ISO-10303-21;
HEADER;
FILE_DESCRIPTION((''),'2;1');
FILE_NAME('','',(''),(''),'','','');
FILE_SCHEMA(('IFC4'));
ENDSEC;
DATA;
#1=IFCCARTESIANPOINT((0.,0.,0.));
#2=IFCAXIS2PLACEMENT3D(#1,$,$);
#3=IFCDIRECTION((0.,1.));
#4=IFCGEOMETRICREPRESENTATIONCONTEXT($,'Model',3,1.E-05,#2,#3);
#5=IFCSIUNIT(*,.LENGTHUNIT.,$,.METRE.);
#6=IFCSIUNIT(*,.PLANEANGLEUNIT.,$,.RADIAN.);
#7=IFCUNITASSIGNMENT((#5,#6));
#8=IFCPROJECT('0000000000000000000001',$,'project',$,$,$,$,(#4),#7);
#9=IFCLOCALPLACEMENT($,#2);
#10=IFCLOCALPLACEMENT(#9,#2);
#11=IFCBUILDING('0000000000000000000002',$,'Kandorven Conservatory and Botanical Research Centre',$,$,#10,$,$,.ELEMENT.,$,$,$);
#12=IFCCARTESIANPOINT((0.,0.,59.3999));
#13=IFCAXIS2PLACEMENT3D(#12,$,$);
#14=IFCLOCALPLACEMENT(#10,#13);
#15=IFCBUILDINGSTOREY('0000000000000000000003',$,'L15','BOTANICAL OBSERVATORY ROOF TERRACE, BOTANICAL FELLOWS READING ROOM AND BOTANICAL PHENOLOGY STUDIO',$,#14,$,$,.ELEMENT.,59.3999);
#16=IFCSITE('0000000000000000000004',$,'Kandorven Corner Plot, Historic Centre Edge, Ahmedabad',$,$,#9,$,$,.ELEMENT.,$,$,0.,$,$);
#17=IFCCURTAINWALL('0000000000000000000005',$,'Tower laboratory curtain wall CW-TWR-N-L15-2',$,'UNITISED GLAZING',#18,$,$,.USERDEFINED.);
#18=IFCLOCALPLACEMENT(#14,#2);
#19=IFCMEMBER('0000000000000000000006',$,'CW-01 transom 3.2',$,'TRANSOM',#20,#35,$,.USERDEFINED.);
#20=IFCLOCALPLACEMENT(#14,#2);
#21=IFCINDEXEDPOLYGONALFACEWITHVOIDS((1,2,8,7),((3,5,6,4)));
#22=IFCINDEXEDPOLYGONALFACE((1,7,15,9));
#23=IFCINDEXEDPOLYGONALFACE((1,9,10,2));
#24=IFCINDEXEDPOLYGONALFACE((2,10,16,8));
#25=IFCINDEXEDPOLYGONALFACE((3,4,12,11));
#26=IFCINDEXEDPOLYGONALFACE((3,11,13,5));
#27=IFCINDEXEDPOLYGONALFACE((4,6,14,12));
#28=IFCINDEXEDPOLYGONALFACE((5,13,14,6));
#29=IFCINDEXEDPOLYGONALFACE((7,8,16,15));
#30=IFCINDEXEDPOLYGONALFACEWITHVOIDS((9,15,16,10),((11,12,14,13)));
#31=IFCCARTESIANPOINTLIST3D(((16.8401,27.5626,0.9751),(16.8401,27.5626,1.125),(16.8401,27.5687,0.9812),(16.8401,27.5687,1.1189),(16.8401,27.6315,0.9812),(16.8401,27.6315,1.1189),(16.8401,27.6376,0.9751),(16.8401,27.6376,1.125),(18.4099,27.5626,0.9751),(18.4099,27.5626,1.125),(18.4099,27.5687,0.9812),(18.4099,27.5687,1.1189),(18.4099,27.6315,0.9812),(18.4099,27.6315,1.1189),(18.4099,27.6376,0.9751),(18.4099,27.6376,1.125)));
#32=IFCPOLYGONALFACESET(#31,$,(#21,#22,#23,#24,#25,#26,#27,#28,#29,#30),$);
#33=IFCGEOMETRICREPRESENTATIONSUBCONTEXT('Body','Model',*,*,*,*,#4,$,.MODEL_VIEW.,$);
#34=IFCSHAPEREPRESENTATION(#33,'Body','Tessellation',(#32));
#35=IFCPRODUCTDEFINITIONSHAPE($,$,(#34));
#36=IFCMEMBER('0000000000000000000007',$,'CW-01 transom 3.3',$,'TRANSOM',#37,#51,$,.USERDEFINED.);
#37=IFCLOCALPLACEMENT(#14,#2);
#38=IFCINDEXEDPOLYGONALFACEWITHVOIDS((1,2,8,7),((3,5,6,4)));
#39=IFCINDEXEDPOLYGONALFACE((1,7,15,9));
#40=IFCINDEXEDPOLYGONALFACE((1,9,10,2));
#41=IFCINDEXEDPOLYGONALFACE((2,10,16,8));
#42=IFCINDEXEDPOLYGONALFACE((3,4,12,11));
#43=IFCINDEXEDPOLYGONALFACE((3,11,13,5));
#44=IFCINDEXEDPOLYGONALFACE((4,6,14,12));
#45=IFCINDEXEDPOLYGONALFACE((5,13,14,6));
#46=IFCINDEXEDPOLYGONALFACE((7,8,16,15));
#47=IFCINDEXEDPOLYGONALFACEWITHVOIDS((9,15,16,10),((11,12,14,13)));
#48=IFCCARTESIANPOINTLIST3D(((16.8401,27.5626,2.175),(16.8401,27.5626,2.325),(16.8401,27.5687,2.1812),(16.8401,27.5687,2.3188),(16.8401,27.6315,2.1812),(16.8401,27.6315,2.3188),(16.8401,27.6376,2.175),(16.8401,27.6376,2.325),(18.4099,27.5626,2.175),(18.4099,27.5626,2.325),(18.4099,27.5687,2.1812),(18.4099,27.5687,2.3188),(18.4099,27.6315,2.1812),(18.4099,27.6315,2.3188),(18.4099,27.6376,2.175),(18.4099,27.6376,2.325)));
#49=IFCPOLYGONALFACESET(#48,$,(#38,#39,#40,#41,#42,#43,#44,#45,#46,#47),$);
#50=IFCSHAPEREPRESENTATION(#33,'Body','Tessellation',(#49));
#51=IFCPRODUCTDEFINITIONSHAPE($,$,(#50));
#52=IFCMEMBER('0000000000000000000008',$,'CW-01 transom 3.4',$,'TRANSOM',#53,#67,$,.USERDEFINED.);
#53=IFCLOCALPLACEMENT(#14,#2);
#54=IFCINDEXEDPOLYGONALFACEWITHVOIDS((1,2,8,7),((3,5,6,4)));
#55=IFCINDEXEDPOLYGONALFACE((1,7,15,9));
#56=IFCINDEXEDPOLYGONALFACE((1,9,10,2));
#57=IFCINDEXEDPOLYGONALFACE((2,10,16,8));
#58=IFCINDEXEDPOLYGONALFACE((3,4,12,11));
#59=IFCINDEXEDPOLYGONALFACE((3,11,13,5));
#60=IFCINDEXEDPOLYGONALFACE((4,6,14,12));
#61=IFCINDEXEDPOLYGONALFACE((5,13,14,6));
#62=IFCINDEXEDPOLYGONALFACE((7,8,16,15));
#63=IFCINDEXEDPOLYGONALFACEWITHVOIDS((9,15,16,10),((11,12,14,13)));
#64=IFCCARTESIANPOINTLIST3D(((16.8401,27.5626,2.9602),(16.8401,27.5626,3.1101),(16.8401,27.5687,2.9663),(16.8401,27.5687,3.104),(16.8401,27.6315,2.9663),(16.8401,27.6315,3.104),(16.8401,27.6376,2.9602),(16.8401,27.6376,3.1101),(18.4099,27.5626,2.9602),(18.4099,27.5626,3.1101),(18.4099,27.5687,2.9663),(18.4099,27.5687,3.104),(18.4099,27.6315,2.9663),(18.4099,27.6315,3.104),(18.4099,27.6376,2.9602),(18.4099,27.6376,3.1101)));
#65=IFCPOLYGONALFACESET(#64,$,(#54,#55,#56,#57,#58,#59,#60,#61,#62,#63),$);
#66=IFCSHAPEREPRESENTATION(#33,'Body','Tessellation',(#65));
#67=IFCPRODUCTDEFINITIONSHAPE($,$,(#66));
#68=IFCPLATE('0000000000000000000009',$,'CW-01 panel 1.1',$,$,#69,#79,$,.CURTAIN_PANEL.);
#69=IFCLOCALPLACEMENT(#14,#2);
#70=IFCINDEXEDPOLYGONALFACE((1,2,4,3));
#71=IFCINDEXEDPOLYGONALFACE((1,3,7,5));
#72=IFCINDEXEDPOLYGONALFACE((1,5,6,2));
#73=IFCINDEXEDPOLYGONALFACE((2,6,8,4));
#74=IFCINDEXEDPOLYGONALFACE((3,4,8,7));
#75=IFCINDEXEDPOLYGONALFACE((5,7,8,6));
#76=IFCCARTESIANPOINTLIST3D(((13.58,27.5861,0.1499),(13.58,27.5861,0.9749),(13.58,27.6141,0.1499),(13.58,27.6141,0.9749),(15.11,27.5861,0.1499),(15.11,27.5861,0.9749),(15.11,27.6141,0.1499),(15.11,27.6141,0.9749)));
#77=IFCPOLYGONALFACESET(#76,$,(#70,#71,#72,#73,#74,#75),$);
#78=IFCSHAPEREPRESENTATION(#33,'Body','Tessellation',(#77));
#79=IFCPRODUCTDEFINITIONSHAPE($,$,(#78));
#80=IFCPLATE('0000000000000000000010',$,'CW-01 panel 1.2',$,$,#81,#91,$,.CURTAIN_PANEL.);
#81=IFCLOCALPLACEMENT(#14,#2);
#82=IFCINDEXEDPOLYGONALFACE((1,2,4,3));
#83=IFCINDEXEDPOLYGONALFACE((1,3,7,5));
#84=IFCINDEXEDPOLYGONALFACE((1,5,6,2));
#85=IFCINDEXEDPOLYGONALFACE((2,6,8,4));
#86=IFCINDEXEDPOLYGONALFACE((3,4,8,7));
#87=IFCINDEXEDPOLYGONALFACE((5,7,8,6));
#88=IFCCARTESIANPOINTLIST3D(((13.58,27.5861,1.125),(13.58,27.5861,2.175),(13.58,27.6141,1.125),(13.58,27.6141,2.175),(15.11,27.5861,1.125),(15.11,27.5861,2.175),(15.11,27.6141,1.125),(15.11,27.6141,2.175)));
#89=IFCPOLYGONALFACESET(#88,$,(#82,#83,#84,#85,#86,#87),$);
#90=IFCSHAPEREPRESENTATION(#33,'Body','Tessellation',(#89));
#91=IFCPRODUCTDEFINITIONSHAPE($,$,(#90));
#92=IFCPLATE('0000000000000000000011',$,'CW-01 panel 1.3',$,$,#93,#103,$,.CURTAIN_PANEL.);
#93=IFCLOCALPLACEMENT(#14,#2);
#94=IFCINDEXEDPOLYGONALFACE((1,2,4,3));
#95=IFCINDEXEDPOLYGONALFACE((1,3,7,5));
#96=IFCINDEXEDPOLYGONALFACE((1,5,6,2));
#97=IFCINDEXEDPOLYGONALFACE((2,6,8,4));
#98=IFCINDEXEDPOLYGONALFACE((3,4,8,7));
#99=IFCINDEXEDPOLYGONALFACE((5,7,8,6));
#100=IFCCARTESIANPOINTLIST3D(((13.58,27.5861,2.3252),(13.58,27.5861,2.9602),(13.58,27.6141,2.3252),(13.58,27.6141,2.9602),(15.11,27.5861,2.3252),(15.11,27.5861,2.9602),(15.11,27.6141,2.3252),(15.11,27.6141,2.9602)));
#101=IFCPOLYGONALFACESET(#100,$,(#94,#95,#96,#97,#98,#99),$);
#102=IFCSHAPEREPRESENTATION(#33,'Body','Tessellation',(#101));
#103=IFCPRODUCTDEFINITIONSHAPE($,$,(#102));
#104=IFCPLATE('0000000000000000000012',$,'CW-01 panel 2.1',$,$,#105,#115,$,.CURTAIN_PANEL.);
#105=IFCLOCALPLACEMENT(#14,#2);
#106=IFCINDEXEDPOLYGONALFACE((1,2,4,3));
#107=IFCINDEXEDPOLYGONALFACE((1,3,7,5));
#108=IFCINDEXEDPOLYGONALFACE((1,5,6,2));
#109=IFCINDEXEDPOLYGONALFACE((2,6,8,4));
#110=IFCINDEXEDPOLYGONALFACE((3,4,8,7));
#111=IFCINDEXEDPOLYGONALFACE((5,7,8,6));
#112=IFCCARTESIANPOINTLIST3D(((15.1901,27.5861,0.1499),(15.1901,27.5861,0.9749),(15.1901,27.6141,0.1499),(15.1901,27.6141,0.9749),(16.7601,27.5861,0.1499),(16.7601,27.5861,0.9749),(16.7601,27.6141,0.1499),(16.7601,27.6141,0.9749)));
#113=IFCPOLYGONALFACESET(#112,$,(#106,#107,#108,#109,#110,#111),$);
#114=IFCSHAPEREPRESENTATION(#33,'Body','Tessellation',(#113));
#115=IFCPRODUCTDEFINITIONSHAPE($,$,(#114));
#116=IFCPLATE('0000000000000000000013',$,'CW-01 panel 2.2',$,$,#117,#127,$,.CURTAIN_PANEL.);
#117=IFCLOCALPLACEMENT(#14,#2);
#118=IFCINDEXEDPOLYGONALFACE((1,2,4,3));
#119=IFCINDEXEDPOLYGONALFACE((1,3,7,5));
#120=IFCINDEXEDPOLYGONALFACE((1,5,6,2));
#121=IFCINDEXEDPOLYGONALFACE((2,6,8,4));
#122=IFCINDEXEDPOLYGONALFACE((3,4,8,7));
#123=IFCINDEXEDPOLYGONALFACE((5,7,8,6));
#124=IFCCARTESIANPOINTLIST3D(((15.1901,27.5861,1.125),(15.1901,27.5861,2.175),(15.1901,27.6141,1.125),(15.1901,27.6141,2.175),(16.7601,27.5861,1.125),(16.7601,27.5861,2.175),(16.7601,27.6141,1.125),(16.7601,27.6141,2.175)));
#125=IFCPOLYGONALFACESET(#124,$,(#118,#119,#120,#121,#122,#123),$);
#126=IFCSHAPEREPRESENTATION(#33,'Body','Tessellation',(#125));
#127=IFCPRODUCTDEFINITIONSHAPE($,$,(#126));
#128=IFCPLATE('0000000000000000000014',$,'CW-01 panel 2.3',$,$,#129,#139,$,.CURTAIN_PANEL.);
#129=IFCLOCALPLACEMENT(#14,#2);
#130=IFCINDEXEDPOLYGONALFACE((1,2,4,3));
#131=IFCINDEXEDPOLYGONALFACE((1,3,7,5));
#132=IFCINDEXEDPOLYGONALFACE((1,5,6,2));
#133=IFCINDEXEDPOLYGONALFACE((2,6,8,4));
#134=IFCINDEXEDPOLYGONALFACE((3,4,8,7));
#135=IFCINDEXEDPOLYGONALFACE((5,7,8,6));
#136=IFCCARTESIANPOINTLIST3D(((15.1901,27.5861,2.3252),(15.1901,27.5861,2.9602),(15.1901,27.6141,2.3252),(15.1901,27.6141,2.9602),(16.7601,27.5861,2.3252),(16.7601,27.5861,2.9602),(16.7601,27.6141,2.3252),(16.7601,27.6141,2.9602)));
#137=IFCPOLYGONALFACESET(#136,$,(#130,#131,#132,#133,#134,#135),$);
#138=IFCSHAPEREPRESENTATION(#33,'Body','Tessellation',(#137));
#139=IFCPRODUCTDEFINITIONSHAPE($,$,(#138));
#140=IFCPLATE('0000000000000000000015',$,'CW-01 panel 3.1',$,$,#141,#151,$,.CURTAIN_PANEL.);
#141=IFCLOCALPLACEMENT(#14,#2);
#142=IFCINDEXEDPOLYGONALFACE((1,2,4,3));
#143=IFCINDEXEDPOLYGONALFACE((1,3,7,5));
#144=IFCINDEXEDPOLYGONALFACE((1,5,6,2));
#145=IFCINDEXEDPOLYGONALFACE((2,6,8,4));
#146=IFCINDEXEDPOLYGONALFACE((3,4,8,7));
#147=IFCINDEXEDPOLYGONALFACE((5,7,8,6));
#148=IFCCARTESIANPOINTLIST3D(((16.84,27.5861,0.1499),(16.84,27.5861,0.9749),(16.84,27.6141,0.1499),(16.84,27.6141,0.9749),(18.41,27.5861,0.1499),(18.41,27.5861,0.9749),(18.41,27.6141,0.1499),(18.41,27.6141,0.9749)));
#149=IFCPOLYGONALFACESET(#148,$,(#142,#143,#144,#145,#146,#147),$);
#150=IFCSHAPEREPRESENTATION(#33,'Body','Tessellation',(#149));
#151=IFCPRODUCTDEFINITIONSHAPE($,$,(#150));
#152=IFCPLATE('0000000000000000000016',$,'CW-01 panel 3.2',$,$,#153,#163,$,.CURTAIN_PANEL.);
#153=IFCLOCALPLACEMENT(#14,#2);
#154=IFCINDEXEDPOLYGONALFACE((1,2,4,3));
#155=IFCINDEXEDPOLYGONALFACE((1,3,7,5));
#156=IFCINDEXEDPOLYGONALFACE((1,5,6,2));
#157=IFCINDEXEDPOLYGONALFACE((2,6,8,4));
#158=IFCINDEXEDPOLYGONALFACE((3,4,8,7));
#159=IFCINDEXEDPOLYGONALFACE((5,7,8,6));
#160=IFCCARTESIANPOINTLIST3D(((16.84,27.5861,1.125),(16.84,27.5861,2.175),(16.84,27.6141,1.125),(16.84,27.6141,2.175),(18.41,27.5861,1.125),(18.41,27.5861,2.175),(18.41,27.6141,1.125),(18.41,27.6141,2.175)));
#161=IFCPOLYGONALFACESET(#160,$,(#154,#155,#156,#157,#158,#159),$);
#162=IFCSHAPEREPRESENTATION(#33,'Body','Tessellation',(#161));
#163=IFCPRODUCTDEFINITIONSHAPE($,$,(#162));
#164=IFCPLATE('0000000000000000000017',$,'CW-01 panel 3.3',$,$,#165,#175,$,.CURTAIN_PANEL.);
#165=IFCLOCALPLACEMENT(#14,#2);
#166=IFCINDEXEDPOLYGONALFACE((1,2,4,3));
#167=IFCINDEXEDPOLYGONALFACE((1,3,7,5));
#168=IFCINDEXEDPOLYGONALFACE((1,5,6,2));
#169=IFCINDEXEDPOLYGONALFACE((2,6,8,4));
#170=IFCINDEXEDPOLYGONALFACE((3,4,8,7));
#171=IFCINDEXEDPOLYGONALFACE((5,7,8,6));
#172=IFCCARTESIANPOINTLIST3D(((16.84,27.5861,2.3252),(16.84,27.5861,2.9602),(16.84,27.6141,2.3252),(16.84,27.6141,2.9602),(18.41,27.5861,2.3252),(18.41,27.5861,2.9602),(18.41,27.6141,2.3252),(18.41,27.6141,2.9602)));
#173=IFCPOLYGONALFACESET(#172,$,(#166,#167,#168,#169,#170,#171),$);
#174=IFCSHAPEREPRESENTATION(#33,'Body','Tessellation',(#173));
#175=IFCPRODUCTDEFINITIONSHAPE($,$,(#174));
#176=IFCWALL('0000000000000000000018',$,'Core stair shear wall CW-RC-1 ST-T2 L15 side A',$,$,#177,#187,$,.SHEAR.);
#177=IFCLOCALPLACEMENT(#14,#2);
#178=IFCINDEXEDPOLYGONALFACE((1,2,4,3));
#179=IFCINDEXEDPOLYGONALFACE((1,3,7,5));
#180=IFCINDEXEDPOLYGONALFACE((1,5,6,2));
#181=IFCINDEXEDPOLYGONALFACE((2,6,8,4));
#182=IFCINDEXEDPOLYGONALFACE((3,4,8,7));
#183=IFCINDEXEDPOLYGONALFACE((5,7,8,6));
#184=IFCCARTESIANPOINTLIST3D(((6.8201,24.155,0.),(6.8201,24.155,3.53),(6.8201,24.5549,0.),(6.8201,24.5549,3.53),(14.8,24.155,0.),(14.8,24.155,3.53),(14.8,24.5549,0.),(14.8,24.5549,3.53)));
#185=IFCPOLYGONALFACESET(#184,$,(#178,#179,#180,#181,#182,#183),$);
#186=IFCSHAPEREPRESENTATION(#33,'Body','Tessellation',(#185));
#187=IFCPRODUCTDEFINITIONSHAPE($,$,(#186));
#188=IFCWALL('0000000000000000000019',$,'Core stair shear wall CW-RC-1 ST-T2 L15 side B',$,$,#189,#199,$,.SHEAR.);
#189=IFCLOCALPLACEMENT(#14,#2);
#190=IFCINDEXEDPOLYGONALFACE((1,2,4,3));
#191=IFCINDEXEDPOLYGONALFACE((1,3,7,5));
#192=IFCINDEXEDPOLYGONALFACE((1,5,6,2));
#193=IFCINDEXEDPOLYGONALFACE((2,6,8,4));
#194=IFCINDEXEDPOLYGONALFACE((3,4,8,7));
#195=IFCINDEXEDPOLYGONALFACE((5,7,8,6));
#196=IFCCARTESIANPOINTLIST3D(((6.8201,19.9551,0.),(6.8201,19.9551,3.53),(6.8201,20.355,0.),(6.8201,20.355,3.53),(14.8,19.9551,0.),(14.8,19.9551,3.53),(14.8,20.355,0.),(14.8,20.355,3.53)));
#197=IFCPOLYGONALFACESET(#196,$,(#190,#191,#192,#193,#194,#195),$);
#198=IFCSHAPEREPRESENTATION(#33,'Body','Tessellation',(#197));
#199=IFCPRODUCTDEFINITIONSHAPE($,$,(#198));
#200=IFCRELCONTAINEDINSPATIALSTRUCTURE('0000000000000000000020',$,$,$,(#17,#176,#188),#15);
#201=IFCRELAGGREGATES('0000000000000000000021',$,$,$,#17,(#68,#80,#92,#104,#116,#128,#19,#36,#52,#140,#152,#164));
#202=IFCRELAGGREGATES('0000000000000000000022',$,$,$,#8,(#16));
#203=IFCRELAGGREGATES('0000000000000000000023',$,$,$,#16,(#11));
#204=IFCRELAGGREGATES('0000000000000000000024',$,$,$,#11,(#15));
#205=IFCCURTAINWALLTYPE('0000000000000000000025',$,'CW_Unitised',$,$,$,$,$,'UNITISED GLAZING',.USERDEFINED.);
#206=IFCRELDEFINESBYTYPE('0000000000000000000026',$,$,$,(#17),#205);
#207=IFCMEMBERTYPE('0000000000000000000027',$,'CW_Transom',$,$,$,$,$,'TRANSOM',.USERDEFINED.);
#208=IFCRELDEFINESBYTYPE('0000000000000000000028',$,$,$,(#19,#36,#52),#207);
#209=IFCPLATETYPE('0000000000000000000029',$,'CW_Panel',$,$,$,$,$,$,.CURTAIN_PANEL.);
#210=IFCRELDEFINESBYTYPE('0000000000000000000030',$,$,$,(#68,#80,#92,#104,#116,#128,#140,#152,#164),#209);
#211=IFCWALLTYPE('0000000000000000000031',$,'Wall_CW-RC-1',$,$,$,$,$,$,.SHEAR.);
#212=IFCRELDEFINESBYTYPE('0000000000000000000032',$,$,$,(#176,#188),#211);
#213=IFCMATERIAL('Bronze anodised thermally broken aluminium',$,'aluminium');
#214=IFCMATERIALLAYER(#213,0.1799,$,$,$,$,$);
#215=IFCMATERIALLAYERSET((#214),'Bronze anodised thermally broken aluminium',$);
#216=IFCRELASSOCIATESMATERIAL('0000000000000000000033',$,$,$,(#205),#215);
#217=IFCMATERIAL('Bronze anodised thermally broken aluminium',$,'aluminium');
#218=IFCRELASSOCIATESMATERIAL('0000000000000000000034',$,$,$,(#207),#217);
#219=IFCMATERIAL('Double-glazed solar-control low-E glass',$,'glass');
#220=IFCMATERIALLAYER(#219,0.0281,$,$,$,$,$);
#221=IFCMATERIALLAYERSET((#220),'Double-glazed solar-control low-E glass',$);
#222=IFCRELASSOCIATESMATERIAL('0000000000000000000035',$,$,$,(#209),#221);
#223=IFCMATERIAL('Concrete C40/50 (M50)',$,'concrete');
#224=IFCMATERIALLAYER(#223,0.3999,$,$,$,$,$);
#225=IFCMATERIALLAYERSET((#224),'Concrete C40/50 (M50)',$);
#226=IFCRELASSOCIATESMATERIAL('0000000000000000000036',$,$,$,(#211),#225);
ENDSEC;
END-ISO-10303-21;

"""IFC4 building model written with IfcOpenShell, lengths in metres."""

from ifc_helpers import new_model, si_unit, direction, frame, frame_2d, origin, origin_2d, place, context, subcontext, project, spatial, rectangle, hollow_rectangle, extrude, material, layer, layer_set, material_profile, profile_set, type_object, element, aggregate, save


model = new_model("IFC4")

# Units and contexts
model_context = context("Model", 3, precision=1e-05, world=origin(), true_north=direction((0.0, 1.0)))
body_context = subcontext(model_context, "Body", "Model", "MODEL_VIEW")
ifc_project = project(units=[si_unit("LENGTHUNIT", "METRE"), si_unit("PLANEANGLEUNIT", "RADIAN")], contexts=[model_context])

# Site, building, storey
site_placement = place(None, origin())
site = spatial("IfcSite", under=ifc_project, at=site_placement, Name="Kandorven Corner Plot, Historic Centre Edge, Ahmedabad", CompositionType="ELEMENT", RefElevation=0.0)
building_placement = place(site_placement, origin())
building = spatial("IfcBuilding", under=site, at=building_placement, Name="Kandorven Conservatory and Botanical Research Centre", CompositionType="ELEMENT")
storey_placement = place(building_placement, frame((0.0, 0.0, 59.3999)))
storey = spatial("IfcBuildingStorey", under=building, at=storey_placement, Name="L15", Description="BOTANICAL OBSERVATORY ROOF TERRACE, BOTANICAL FELLOWS READING ROOM AND BOTANICAL PHENOLOGY STUDIO", CompositionType="ELEMENT", Elevation=59.3999)

# Curtain wall, members, plates
ifc_material_1 = material(Name="Bronze anodised thermally broken aluminium", Category="aluminium")
ifc_layer_1 = layer(ifc_material_1, 0.1799)
ifc_layer_set_1 = layer_set([ifc_layer_1], Name="Bronze anodised thermally broken aluminium")
curtain_wall_type = type_object("IfcCurtainWallType", Name="CW_Unitised", ElementType="UNITISED GLAZING", PredefinedType="USERDEFINED", material=ifc_layer_set_1)
curtain_wall_placement = place(storey_placement, origin())
curtain_wall = element("IfcCurtainWall", 1, at=curtain_wall_placement, inside=storey, type_object=curtain_wall_type, Name="Tower laboratory curtain wall CW-TWR-N-L15-2", ObjectType="UNITISED GLAZING", PredefinedType="USERDEFINED")
ifc_material_2 = material(Name="Bronze anodised thermally broken aluminium", Category="aluminium")
ifc_material_profile_1 = material_profile(ifc_material_2, hollow_rectangle(XDim=0.075, YDim=0.1499, WallThickness=0.0061, at=origin_2d()))
ifc_profile_set_1 = profile_set([ifc_material_profile_1], Name="Bronze anodised thermally broken aluminium")
member_type_1 = type_object("IfcMemberType", Name="CW_Transom", ElementType="TRANSOM", PredefinedType="USERDEFINED", material=ifc_profile_set_1)
member_1_placement = place(storey_placement, frame((16.8401, 27.6001, 1.05), z_axis=(1.0, 0.0, 0.0), x_axis=(0.0, 1.0, 0.0)))
member_1 = element("IfcMember", 2, at=member_1_placement, type_object=member_type_1, Name="CW-01 transom 3.2", ObjectType="TRANSOM", PredefinedType="USERDEFINED", context=body_context, shape_type="SweptSolid", body=[
    extrude(hollow_rectangle(XDim=0.075, YDim=0.1499, WallThickness=0.0061, at=origin_2d()), origin(), (0.0, 0.0, 1.0), 1.5698),
])
member_2_placement = place(storey_placement, frame((16.8401, 27.6001, 2.25), z_axis=(1.0, 0.0, 0.0), x_axis=(0.0, 1.0, 0.0)))
member_2 = element("IfcMember", 3, at=member_2_placement, type_object=member_type_1, Name="CW-01 transom 3.3", ObjectType="TRANSOM", PredefinedType="USERDEFINED", context=body_context, shape_type="SweptSolid", body=[
    extrude(hollow_rectangle(XDim=0.075, YDim=0.1499, WallThickness=0.0061, at=origin_2d()), origin(), (0.0, 0.0, 1.0), 1.5698),
])
member_3_placement = place(storey_placement, frame((16.8401, 27.6001, 3.0352), z_axis=(1.0, 0.0, 0.0), x_axis=(0.0, 1.0, 0.0)))
member_3 = element("IfcMember", 4, at=member_3_placement, type_object=member_type_1, Name="CW-01 transom 3.4", ObjectType="TRANSOM", PredefinedType="USERDEFINED", context=body_context, shape_type="SweptSolid", body=[
    extrude(hollow_rectangle(XDim=0.075, YDim=0.1499, WallThickness=0.0061, at=origin_2d()), origin(), (0.0, 0.0, 1.0), 1.5698),
])
ifc_material_3 = material(Name="Double-glazed solar-control low-E glass", Category="glass")
ifc_layer_2 = layer(ifc_material_3, 0.0281)
ifc_layer_set_2 = layer_set([ifc_layer_2], Name="Double-glazed solar-control low-E glass")
plate_type = type_object("IfcPlateType", Name="CW_Panel", PredefinedType="CURTAIN_PANEL", material=ifc_layer_set_2)
plate_1_placement = place(storey_placement, frame((14.345, 27.6001, 0.1499), z_axis=(0.0, 0.0, 1.0), x_axis=(1.0, 0.0, 0.0)))
plate_1 = element("IfcPlate", 5, at=plate_1_placement, type_object=plate_type, Name="CW-01 panel 1.1", PredefinedType="CURTAIN_PANEL", context=body_context, shape_type="SweptSolid", body=[
    extrude(rectangle(XDim=1.53, YDim=0.0281, at=origin_2d()), origin(), (0.0, 0.0, 1.0), 0.825),
])
plate_2_placement = place(storey_placement, frame((14.345, 27.6001, 1.125), z_axis=(0.0, 0.0, 1.0), x_axis=(1.0, 0.0, 0.0)))
plate_2 = element("IfcPlate", 6, at=plate_2_placement, type_object=plate_type, Name="CW-01 panel 1.2", PredefinedType="CURTAIN_PANEL", context=body_context, shape_type="SweptSolid", body=[
    extrude(rectangle(XDim=1.53, YDim=0.0281, at=origin_2d()), origin(), (0.0, 0.0, 1.0), 1.05),
])
plate_3_placement = place(storey_placement, frame((14.345, 27.6001, 2.3252), z_axis=(0.0, 0.0, 1.0), x_axis=(1.0, 0.0, 0.0)))
plate_3 = element("IfcPlate", 7, at=plate_3_placement, type_object=plate_type, Name="CW-01 panel 1.3", PredefinedType="CURTAIN_PANEL", context=body_context, shape_type="SweptSolid", body=[
    extrude(rectangle(XDim=1.53, YDim=0.0281, at=origin_2d()), origin(), (0.0, 0.0, 1.0), 0.635),
])
plate_4_placement = place(storey_placement, frame((15.9751, 27.6001, 0.1499), z_axis=(0.0, 0.0, 1.0), x_axis=(1.0, 0.0, 0.0)))
plate_4 = element("IfcPlate", 8, at=plate_4_placement, type_object=plate_type, Name="CW-01 panel 2.1", PredefinedType="CURTAIN_PANEL", context=body_context, shape_type="SweptSolid", body=[
    extrude(rectangle(XDim=1.5701, YDim=0.0281, at=origin_2d()), origin(), (0.0, 0.0, 1.0), 0.825),
])
plate_5_placement = place(storey_placement, frame((15.9751, 27.6001, 1.125), z_axis=(0.0, 0.0, 1.0), x_axis=(1.0, 0.0, 0.0)))
plate_5 = element("IfcPlate", 9, at=plate_5_placement, type_object=plate_type, Name="CW-01 panel 2.2", PredefinedType="CURTAIN_PANEL", context=body_context, shape_type="SweptSolid", body=[
    extrude(rectangle(XDim=1.5701, YDim=0.0281, at=origin_2d()), origin(), (0.0, 0.0, 1.0), 1.05),
])
plate_6_placement = place(storey_placement, frame((15.9751, 27.6001, 2.3252), z_axis=(0.0, 0.0, 1.0), x_axis=(1.0, 0.0, 0.0)))
plate_6 = element("IfcPlate", 10, at=plate_6_placement, type_object=plate_type, Name="CW-01 panel 2.3", PredefinedType="CURTAIN_PANEL", context=body_context, shape_type="SweptSolid", body=[
    extrude(rectangle(XDim=1.5701, YDim=0.0281, at=origin_2d()), origin(), (0.0, 0.0, 1.0), 0.635),
])
plate_7_placement = place(storey_placement, frame((17.625, 27.6001, 0.1499), z_axis=(0.0, 0.0, 1.0), x_axis=(1.0, 0.0, 0.0)))
plate_7 = element("IfcPlate", 11, at=plate_7_placement, type_object=plate_type, Name="CW-01 panel 3.1", PredefinedType="CURTAIN_PANEL", context=body_context, shape_type="SweptSolid", body=[
    extrude(rectangle(XDim=1.5701, YDim=0.0281, at=origin_2d()), origin(), (0.0, 0.0, 1.0), 0.825),
])
plate_8_placement = place(storey_placement, frame((17.625, 27.6001, 1.125), z_axis=(0.0, 0.0, 1.0), x_axis=(1.0, 0.0, 0.0)))
plate_8 = element("IfcPlate", 12, at=plate_8_placement, type_object=plate_type, Name="CW-01 panel 3.2", PredefinedType="CURTAIN_PANEL", context=body_context, shape_type="SweptSolid", body=[
    extrude(rectangle(XDim=1.5701, YDim=0.0281, at=origin_2d()), origin(), (0.0, 0.0, 1.0), 1.05),
])
plate_9_placement = place(storey_placement, frame((17.625, 27.6001, 2.3252), z_axis=(0.0, 0.0, 1.0), x_axis=(1.0, 0.0, 0.0)))
plate_9 = element("IfcPlate", 13, at=plate_9_placement, type_object=plate_type, Name="CW-01 panel 3.3", PredefinedType="CURTAIN_PANEL", context=body_context, shape_type="SweptSolid", body=[
    extrude(rectangle(XDim=1.5701, YDim=0.0281, at=origin_2d()), origin(), (0.0, 0.0, 1.0), 0.635),
])
aggregate(curtain_wall, [plate_1, plate_2, plate_3, plate_4, plate_5, plate_6, member_1, member_2, member_3, plate_7, plate_8, plate_9])

# Walls
ifc_material_4 = material(Name="Concrete C40/50 (M50)", Category="concrete")
ifc_layer_3 = layer(ifc_material_4, 0.3999)
ifc_layer_set_3 = layer_set([ifc_layer_3], Name="Concrete C40/50 (M50)")
wall_type_1 = type_object("IfcWallType", Name="Wall_CW-RC-1", PredefinedType="SHEAR", material=ifc_layer_set_3)
for number, where, z_axis, x_axis, name in (
    (14, (14.8, 24.355, 0.0), (0.0, 0.0, 1.0), (-1.0, 0.0, 0.0), "Core stair shear wall CW-RC-1 ST-T2 L15 side A"),
    (15, (14.8, 20.155, 0.0), (0.0, 0.0, 1.0), (-1.0, 0.0, 0.0), "Core stair shear wall CW-RC-1 ST-T2 L15 side B"),
):
    element("IfcWall", number, at=place(storey_placement, frame(where, z_axis=z_axis, x_axis=x_axis)), inside=storey, type_object=wall_type_1, Name=name, PredefinedType="SHEAR", context=body_context, shape_type="SweptSolid", body=[
        extrude(rectangle(XDim=7.98, YDim=0.3999, at=frame_2d((3.99, 0.0))), origin(), (0.0, 0.0, 1.0), 3.53),
    ])

save(model, "model.ifc")
